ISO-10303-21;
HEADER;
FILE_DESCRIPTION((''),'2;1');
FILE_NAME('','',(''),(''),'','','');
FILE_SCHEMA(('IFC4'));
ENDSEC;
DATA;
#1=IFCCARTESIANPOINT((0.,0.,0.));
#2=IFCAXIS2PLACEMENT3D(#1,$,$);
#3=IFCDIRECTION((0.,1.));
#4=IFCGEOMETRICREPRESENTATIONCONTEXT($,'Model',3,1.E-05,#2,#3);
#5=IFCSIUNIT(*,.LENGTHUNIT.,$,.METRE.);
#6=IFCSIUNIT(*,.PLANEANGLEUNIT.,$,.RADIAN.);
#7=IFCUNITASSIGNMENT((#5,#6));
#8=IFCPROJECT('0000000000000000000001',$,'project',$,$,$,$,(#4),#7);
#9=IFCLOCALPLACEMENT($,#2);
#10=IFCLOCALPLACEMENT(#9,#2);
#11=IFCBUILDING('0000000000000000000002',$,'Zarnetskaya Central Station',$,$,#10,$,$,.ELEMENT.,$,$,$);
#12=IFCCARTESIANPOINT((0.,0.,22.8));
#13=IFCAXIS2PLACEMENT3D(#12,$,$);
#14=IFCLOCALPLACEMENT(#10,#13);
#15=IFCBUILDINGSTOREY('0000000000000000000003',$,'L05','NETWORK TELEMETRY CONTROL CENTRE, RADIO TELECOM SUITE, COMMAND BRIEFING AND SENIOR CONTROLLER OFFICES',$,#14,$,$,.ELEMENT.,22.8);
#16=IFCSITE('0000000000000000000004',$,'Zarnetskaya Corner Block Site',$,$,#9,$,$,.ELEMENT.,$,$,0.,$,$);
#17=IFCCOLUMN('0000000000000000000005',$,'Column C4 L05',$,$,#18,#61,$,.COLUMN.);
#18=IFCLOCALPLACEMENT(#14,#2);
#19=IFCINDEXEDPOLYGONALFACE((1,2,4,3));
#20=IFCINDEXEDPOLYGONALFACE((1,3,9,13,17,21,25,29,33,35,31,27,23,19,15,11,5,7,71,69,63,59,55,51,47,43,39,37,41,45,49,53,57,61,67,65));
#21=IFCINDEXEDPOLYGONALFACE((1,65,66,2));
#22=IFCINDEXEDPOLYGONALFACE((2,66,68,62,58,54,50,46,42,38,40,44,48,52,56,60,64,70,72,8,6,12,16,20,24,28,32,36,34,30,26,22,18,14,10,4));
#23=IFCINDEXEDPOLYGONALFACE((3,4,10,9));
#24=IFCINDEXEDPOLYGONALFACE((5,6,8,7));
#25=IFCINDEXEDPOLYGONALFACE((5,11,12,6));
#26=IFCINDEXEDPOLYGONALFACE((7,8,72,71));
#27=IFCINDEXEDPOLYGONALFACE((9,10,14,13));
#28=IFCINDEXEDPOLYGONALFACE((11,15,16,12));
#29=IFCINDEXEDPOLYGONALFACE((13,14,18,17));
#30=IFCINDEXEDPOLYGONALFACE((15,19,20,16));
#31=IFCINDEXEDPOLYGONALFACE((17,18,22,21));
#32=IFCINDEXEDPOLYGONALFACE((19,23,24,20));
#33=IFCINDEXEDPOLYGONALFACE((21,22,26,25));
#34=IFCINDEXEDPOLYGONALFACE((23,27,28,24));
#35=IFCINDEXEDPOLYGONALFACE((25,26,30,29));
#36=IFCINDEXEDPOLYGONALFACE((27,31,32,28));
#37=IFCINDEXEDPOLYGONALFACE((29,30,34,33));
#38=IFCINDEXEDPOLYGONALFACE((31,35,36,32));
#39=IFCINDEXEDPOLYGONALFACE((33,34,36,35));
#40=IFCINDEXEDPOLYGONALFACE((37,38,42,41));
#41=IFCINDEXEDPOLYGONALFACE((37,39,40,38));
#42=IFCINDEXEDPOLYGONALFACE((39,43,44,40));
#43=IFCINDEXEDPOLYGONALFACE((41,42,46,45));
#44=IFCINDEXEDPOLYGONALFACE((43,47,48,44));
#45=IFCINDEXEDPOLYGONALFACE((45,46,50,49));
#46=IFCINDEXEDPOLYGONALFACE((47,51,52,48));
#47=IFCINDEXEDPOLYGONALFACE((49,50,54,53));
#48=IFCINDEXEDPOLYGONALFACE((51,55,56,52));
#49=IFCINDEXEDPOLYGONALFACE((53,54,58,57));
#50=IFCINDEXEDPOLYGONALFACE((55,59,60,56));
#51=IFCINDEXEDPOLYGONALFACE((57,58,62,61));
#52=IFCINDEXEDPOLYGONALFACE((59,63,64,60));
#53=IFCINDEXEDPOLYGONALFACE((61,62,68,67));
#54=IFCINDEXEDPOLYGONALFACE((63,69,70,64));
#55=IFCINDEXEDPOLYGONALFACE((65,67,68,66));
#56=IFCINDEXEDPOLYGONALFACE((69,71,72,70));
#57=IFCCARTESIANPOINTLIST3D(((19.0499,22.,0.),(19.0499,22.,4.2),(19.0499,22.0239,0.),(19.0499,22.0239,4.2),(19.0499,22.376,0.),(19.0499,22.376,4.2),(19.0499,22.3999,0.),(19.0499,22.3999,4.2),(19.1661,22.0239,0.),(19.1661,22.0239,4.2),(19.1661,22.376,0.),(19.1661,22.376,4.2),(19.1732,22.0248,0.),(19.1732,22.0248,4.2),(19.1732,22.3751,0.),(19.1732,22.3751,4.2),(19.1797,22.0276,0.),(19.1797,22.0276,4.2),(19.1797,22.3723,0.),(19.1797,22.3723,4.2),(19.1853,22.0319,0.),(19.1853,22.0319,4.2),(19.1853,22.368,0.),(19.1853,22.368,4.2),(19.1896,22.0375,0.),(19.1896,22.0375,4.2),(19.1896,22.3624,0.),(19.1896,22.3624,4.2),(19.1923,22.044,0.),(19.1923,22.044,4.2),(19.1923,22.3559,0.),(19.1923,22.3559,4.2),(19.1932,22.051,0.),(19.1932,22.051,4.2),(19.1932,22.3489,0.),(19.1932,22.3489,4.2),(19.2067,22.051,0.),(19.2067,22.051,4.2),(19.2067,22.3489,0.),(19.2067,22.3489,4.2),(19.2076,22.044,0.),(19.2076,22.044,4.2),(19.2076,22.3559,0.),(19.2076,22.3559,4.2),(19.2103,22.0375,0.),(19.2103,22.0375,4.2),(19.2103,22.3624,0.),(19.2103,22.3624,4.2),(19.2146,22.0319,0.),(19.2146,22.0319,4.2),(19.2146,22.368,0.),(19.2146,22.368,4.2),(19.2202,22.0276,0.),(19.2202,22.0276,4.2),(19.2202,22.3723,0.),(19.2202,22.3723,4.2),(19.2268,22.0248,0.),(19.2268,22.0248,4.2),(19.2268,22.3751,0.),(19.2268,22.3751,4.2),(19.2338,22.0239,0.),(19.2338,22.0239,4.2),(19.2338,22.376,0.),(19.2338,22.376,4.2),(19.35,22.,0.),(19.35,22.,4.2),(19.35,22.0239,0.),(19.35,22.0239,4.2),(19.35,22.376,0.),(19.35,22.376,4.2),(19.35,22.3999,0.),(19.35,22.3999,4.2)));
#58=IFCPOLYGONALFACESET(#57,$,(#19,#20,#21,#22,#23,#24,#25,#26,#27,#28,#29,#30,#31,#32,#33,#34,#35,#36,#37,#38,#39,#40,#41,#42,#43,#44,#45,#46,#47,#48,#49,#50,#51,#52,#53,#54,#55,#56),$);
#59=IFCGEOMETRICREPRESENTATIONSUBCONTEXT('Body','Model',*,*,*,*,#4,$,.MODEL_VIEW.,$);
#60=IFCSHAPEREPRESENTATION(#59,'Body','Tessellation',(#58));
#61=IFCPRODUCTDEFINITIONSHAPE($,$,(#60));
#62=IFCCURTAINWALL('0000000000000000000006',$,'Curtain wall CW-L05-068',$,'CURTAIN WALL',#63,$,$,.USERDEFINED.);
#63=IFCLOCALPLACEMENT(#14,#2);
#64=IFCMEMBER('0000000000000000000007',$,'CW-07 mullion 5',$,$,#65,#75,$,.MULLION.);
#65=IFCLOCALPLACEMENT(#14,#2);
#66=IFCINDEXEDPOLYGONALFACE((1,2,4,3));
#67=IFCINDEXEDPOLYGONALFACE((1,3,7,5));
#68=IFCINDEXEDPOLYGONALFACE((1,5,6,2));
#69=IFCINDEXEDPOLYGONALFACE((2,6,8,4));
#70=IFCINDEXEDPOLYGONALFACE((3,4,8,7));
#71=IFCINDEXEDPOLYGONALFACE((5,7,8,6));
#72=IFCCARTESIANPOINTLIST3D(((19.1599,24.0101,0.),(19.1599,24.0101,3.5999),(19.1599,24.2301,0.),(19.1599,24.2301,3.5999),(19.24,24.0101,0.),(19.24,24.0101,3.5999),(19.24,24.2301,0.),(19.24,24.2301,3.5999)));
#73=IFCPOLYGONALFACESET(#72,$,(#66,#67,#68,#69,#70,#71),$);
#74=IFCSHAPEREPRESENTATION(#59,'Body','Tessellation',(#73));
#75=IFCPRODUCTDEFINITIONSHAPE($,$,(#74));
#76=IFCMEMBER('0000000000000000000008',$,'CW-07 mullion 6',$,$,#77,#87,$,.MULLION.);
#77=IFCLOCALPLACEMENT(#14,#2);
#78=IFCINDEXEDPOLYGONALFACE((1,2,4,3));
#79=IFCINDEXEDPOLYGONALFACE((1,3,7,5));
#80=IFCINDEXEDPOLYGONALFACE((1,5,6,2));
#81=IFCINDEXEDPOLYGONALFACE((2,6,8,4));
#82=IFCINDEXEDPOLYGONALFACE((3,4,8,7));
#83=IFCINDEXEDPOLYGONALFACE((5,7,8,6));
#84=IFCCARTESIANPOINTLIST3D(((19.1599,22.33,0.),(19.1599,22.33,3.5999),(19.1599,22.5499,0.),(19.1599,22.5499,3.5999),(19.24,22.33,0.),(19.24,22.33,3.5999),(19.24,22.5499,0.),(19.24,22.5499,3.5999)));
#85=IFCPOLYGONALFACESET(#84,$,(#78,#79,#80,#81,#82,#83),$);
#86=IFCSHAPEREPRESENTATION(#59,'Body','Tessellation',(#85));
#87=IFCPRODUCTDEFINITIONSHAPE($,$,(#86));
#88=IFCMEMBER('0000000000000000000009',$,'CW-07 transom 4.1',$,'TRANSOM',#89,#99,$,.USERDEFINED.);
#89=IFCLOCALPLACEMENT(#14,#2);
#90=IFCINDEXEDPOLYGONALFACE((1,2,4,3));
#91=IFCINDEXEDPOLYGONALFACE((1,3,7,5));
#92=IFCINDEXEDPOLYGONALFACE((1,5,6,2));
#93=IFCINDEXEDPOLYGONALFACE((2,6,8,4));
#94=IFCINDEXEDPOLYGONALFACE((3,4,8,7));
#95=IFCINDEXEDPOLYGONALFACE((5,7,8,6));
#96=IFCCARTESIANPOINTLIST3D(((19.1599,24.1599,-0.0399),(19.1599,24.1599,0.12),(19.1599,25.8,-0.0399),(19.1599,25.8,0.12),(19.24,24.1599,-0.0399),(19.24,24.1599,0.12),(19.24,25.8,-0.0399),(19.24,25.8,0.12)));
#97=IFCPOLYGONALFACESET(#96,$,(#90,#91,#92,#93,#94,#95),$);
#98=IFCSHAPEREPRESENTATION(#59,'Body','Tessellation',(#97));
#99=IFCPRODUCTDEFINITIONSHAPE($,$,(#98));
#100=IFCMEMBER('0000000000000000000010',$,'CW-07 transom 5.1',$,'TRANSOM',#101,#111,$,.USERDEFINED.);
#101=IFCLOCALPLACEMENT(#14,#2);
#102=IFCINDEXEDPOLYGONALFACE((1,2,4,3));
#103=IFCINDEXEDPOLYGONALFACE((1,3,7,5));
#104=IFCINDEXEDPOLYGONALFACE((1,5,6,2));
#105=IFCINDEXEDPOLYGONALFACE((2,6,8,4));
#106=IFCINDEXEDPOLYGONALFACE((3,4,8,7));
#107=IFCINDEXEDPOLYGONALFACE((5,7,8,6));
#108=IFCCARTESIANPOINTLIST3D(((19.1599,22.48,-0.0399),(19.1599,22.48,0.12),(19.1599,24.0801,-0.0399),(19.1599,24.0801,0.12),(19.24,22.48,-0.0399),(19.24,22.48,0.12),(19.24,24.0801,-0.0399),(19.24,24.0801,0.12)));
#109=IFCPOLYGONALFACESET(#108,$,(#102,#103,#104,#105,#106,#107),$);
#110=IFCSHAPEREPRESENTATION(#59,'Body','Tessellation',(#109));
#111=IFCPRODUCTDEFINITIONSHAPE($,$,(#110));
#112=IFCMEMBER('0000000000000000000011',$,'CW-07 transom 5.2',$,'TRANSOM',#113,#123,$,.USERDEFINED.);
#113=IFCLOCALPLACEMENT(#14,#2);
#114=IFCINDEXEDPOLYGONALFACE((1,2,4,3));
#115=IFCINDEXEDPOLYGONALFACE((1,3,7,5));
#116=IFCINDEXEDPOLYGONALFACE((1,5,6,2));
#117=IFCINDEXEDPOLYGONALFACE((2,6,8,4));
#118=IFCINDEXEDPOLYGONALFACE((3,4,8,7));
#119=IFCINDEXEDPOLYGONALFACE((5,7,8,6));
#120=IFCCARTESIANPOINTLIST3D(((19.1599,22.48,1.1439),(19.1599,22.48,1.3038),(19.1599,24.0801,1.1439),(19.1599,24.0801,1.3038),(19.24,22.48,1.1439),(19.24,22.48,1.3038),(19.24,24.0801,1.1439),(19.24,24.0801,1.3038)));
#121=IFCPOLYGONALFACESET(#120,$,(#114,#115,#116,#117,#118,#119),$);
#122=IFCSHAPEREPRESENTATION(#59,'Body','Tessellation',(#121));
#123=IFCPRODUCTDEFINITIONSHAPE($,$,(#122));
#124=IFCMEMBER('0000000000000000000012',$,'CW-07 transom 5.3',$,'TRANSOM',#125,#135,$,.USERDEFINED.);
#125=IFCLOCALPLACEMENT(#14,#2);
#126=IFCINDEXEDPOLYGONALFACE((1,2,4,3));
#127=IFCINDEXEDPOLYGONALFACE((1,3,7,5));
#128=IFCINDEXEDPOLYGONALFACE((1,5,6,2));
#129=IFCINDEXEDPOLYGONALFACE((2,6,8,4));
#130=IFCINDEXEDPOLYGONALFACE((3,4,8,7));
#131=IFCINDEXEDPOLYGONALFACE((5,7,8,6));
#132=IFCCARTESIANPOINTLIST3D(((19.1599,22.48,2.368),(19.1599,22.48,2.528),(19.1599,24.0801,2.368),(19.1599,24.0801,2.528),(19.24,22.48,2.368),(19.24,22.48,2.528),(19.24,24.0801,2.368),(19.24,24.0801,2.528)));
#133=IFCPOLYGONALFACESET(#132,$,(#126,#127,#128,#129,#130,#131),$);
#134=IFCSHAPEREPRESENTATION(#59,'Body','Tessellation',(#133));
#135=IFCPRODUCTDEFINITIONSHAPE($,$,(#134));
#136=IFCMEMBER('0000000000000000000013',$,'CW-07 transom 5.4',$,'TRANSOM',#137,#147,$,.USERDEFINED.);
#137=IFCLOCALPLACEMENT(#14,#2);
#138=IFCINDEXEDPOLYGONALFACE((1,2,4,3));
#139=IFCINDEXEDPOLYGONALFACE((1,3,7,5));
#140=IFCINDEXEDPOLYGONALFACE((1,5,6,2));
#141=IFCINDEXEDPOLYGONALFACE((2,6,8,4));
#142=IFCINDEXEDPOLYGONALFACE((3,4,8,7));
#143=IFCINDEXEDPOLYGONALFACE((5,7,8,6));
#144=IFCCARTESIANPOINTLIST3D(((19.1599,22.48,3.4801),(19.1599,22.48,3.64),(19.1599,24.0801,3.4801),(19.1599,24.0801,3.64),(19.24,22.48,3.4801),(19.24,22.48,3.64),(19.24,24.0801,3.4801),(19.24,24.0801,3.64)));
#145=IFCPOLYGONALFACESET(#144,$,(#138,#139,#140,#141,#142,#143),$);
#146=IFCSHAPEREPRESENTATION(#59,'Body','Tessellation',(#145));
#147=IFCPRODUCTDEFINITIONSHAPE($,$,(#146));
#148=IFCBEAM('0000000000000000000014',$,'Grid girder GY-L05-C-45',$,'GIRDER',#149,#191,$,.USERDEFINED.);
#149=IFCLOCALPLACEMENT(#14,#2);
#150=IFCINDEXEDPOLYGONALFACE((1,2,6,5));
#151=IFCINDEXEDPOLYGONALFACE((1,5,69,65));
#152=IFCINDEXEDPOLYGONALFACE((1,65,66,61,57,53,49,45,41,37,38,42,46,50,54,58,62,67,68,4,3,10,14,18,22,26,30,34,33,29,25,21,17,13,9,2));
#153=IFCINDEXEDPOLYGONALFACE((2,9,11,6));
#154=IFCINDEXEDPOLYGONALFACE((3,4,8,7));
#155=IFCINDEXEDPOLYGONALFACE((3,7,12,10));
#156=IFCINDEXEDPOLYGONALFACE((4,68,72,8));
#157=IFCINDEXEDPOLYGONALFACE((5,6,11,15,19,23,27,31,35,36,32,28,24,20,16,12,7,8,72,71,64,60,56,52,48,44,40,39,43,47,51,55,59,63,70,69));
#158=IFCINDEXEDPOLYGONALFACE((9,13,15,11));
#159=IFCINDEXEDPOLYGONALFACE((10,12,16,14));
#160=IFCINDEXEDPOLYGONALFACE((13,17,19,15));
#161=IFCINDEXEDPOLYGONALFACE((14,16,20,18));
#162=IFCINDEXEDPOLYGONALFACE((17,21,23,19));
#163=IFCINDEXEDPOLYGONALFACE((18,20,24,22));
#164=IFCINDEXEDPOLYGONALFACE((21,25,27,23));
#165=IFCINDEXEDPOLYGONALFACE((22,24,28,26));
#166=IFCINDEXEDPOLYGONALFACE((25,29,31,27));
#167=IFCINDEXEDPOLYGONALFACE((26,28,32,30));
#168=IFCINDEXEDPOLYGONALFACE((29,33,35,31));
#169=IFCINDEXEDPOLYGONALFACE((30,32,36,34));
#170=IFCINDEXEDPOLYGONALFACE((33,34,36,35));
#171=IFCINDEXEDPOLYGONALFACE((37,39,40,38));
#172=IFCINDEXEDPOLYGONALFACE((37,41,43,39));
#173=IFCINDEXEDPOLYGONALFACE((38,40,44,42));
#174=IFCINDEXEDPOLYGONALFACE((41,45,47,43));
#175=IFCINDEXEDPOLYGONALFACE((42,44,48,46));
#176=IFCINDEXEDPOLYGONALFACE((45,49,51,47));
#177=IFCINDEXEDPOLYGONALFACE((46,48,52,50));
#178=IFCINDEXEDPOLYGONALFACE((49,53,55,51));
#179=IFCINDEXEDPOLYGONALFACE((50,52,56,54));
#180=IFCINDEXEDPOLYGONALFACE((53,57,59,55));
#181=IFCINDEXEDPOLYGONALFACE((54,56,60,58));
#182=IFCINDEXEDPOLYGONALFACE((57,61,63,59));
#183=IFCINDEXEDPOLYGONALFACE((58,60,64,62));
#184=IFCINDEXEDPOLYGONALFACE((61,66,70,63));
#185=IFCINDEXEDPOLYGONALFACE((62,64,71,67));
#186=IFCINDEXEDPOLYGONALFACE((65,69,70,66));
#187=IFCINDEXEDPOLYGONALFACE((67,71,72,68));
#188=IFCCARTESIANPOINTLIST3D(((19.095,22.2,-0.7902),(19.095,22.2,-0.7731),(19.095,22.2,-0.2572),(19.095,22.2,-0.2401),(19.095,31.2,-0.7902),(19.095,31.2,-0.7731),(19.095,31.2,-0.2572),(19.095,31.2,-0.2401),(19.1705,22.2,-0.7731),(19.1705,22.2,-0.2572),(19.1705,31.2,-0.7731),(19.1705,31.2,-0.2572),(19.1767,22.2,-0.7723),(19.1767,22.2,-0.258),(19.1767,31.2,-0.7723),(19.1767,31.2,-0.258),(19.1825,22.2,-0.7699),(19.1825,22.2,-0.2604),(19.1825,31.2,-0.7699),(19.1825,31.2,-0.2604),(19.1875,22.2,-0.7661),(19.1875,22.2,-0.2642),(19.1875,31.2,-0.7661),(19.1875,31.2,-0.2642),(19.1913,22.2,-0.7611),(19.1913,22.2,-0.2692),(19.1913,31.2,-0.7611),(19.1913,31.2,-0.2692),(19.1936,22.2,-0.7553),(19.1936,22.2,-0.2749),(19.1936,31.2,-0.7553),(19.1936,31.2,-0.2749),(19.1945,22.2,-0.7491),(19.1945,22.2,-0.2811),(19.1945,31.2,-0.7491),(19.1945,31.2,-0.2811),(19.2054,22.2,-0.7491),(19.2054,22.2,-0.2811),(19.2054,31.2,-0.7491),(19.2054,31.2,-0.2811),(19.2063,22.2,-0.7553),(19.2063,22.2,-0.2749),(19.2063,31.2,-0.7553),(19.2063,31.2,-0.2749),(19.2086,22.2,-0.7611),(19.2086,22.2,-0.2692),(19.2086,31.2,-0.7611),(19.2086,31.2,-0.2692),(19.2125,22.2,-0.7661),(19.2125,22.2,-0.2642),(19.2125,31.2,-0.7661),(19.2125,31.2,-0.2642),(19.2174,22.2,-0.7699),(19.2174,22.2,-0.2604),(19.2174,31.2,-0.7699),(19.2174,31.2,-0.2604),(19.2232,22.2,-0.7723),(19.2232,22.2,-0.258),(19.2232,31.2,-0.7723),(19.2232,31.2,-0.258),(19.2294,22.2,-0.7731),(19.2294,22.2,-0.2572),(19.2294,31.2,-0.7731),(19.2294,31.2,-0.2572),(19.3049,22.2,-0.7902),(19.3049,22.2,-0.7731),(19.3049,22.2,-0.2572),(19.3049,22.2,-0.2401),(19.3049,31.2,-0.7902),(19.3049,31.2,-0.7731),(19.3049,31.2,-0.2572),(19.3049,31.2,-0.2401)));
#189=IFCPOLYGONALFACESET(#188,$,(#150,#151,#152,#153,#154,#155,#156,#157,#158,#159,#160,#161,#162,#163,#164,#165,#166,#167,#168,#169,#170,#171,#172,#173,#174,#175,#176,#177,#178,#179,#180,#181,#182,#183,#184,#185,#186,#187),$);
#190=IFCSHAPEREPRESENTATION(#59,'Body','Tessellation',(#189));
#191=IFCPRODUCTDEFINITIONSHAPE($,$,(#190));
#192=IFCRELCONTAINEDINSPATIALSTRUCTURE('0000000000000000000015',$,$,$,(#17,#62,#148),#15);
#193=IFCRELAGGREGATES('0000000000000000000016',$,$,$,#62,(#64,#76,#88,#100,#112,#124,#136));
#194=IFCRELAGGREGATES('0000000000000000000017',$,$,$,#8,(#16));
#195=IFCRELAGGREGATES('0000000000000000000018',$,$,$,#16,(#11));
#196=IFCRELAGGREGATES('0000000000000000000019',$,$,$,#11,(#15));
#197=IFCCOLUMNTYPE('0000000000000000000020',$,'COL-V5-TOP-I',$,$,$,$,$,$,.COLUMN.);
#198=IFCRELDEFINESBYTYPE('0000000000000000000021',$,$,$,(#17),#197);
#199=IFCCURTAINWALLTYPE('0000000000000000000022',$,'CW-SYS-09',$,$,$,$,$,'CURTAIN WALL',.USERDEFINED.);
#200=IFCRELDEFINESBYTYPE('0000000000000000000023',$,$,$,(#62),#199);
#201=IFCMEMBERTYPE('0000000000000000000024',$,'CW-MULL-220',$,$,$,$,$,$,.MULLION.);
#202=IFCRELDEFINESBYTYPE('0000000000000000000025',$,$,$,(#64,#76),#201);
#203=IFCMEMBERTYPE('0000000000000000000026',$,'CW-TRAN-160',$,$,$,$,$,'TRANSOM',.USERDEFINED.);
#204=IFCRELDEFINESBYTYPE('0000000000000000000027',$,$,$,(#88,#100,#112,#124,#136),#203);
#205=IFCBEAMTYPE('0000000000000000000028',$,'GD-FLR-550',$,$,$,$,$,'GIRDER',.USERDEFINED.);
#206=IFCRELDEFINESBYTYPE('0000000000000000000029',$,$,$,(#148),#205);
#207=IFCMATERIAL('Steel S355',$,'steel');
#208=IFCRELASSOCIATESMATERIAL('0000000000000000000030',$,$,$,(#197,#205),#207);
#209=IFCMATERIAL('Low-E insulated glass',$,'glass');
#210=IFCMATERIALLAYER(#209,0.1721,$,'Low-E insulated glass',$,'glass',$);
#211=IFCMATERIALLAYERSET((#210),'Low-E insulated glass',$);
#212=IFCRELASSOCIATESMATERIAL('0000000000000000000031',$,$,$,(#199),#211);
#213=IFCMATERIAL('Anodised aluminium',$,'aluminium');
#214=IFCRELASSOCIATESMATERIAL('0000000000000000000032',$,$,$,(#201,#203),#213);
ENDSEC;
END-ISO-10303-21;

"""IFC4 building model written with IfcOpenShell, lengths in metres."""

from ifc_helpers import new_model, si_unit, direction, frame, origin, origin_2d, place, context, subcontext, project, spatial, rectangle, i_section, extrude, material, layer, layer_set, material_profile, profile_set, type_object, element, aggregate, save


model = new_model("IFC4")

# Units and contexts
model_context = context("Model", 3, precision=1e-05, world=origin(), true_north=direction((0.0, 1.0)))
body_context = subcontext(model_context, "Body", "Model", "MODEL_VIEW")
ifc_project = project(units=[si_unit("LENGTHUNIT", "METRE"), si_unit("PLANEANGLEUNIT", "RADIAN")], contexts=[model_context])

# Site, building, storey
site_placement = place(None, origin())
site = spatial("IfcSite", under=ifc_project, at=site_placement, Name="Zarnetskaya Corner Block Site", CompositionType="ELEMENT", RefElevation=0.0)
building_placement = place(site_placement, origin())
building = spatial("IfcBuilding", under=site, at=building_placement, Name="Zarnetskaya Central Station", CompositionType="ELEMENT")
storey_placement = place(building_placement, frame((0.0, 0.0, 22.8)))
storey = spatial("IfcBuildingStorey", under=building, at=storey_placement, Name="L05", Description="NETWORK TELEMETRY CONTROL CENTRE, RADIO TELECOM SUITE, COMMAND BRIEFING AND SENIOR CONTROLLER OFFICES", CompositionType="ELEMENT", Elevation=22.8)

# Column
ifc_material_1 = material(Name="Steel S355", Category="steel")
ifc_material_profile_1 = material_profile(ifc_material_1, i_section(OverallWidth=0.3, OverallDepth=0.3999, WebThickness=0.0134, FlangeThickness=0.0239, FilletRadius=0.0271, at=origin_2d()), Name="HEB 400")
ifc_profile_set_1 = profile_set([ifc_material_profile_1], Name="Steel S355")
column_type = type_object("IfcColumnType", Name="COL-V5-TOP-I", PredefinedType="COLUMN", material=ifc_profile_set_1)
column_placement = place(storey_placement, frame((19.2, 22.2, 0.0), z_axis=(0.0, 0.0, 1.0), x_axis=(1.0, 0.0, 0.0)))
element("IfcColumn", 1, at=column_placement, inside=storey, type_object=column_type, Name="Column C4 L05", PredefinedType="COLUMN", context=body_context, shape_type="SweptSolid", body=[
    extrude(i_section(OverallWidth=0.3, OverallDepth=0.3999, WebThickness=0.0134, FlangeThickness=0.0239, FilletRadius=0.0271, at=origin_2d()), origin(), (0.0, 0.0, 1.0), 4.2),
])

# Curtain wall, members
ifc_material_2 = material(Name="Low-E insulated glass", Category="glass")
ifc_layer_1 = layer(ifc_material_2, 0.1721, Name="Low-E insulated glass", Category="glass")
ifc_layer_set_1 = layer_set([ifc_layer_1], Name="Low-E insulated glass")
curtain_wall_type = type_object("IfcCurtainWallType", Name="CW-SYS-09", ElementType="CURTAIN WALL", PredefinedType="USERDEFINED", material=ifc_layer_set_1)
curtain_wall_placement = place(storey_placement, origin())
curtain_wall = element("IfcCurtainWall", 2, at=curtain_wall_placement, inside=storey, type_object=curtain_wall_type, Name="Curtain wall CW-L05-068", ObjectType="CURTAIN WALL", PredefinedType="USERDEFINED")
ifc_material_3 = material(Name="Anodised aluminium", Category="aluminium")
ifc_material_profile_2 = material_profile(ifc_material_3, rectangle(XDim=0.0801, YDim=0.22, at=origin_2d()), Name="ALU MULL 80x220")
ifc_profile_set_2 = profile_set([ifc_material_profile_2], Name="Anodised aluminium")
member_type_1 = type_object("IfcMemberType", Name="CW-MULL-220", PredefinedType="MULLION", material=ifc_profile_set_2)
member_1_placement = place(storey_placement, frame((19.2, 24.1201, 0.0), z_axis=(0.0, 0.0, 1.0), x_axis=(1.0, 0.0, 0.0)))
member_1 = element("IfcMember", 3, at=member_1_placement, type_object=member_type_1, Name="CW-07 mullion 5", PredefinedType="MULLION", context=body_context, shape_type="SweptSolid", body=[
    extrude(rectangle(XDim=0.0801, YDim=0.22, at=origin_2d()), origin(), (0.0, 0.0, 1.0), 3.5999),
])
member_2_placement = place(storey_placement, frame((19.2, 22.4399, 0.0), z_axis=(0.0, 0.0, 1.0), x_axis=(1.0, 0.0, 0.0)))
member_2 = element("IfcMember", 4, at=member_2_placement, type_object=member_type_1, Name="CW-07 mullion 6", PredefinedType="MULLION", context=body_context, shape_type="SweptSolid", body=[
    extrude(rectangle(XDim=0.0801, YDim=0.22, at=origin_2d()), origin(), (0.0, 0.0, 1.0), 3.5999),
])
ifc_material_profile_3 = material_profile(ifc_material_3, rectangle(XDim=0.0801, YDim=0.1599, at=origin_2d()), Name="ALU TRAN 80x160")
ifc_profile_set_3 = profile_set([ifc_material_profile_3], Name="Anodised aluminium")
member_type_2 = type_object("IfcMemberType", Name="CW-TRAN-160", ElementType="TRANSOM", PredefinedType="USERDEFINED", material=ifc_profile_set_3)
member_3_placement = place(storey_placement, frame((19.2, 25.8, 0.04), z_axis=(0.0, -1.0, 0.0), x_axis=(1.0, 0.0, 0.0)))
member_3 = element("IfcMember", 5, at=member_3_placement, type_object=member_type_2, Name="CW-07 transom 4.1", ObjectType="TRANSOM", PredefinedType="USERDEFINED", context=body_context, shape_type="SweptSolid", body=[
    extrude(rectangle(XDim=0.0801, YDim=0.1599, at=origin_2d()), origin(), (0.0, 0.0, 1.0), 1.6401),
])
member_4_placement = place(storey_placement, frame((19.2, 24.0801, 0.04), z_axis=(0.0, -1.0, 0.0), x_axis=(1.0, 0.0, 0.0)))
member_4 = element("IfcMember", 6, at=member_4_placement, type_object=member_type_2, Name="CW-07 transom 5.1", ObjectType="TRANSOM", PredefinedType="USERDEFINED", context=body_context, shape_type="SweptSolid", body=[
    extrude(rectangle(XDim=0.0801, YDim=0.1599, at=origin_2d()), origin(), (0.0, 0.0, 1.0), 1.6001),
])
member_5_placement = place(storey_placement, frame((19.2, 24.0801, 1.2239), z_axis=(0.0, -1.0, 0.0), x_axis=(1.0, 0.0, 0.0)))
member_5 = element("IfcMember", 7, at=member_5_placement, type_object=member_type_2, Name="CW-07 transom 5.2", ObjectType="TRANSOM", PredefinedType="USERDEFINED", context=body_context, shape_type="SweptSolid", body=[
    extrude(rectangle(XDim=0.0801, YDim=0.1599, at=origin_2d()), origin(), (0.0, 0.0, 1.0), 1.6001),
])
member_6_placement = place(storey_placement, frame((19.2, 24.0801, 2.448), z_axis=(0.0, -1.0, 0.0), x_axis=(1.0, 0.0, 0.0)))
member_6 = element("IfcMember", 8, at=member_6_placement, type_object=member_type_2, Name="CW-07 transom 5.3", ObjectType="TRANSOM", PredefinedType="USERDEFINED", context=body_context, shape_type="SweptSolid", body=[
    extrude(rectangle(XDim=0.0801, YDim=0.1599, at=origin_2d()), origin(), (0.0, 0.0, 1.0), 1.6001),
])
member_7_placement = place(storey_placement, frame((19.2, 24.0801, 3.5601), z_axis=(0.0, -1.0, 0.0), x_axis=(1.0, 0.0, 0.0)))
member_7 = element("IfcMember", 9, at=member_7_placement, type_object=member_type_2, Name="CW-07 transom 5.4", ObjectType="TRANSOM", PredefinedType="USERDEFINED", context=body_context, shape_type="SweptSolid", body=[
    extrude(rectangle(XDim=0.0801, YDim=0.1599, at=origin_2d()), origin(), (0.0, 0.0, 1.0), 1.6001),
])

# Beam
ifc_material_profile_4 = material_profile(ifc_material_1, i_section(OverallWidth=0.21, OverallDepth=0.55, WebThickness=0.011, FlangeThickness=0.0171, FilletRadius=0.0239, at=origin_2d()), Name="IPE 550")
ifc_profile_set_4 = profile_set([ifc_material_profile_4], Name="Steel S355")
beam_type_1 = type_object("IfcBeamType", Name="GD-FLR-550", ElementType="GIRDER", PredefinedType="USERDEFINED", material=ifc_profile_set_4)
beam_1_placement = place(storey_placement, frame((19.2, 22.2, -0.5151), z_axis=(0.0, 1.0, 0.0), x_axis=(-1.0, 0.0, 0.0)))
element("IfcBeam", 10, at=beam_1_placement, inside=storey, type_object=beam_type_1, Name="Grid girder GY-L05-C-45", ObjectType="GIRDER", PredefinedType="USERDEFINED", context=body_context, shape_type="SweptSolid", body=[
    extrude(i_section(OverallWidth=0.21, OverallDepth=0.55, WebThickness=0.011, FlangeThickness=0.0171, FilletRadius=0.0239, at=origin_2d()), origin(), (0.0, 0.0, 1.0), 9.0),
])

aggregate(curtain_wall, [member_1, member_2, member_3, member_4, member_5, member_6, member_7])

save(model, "model.ifc")
